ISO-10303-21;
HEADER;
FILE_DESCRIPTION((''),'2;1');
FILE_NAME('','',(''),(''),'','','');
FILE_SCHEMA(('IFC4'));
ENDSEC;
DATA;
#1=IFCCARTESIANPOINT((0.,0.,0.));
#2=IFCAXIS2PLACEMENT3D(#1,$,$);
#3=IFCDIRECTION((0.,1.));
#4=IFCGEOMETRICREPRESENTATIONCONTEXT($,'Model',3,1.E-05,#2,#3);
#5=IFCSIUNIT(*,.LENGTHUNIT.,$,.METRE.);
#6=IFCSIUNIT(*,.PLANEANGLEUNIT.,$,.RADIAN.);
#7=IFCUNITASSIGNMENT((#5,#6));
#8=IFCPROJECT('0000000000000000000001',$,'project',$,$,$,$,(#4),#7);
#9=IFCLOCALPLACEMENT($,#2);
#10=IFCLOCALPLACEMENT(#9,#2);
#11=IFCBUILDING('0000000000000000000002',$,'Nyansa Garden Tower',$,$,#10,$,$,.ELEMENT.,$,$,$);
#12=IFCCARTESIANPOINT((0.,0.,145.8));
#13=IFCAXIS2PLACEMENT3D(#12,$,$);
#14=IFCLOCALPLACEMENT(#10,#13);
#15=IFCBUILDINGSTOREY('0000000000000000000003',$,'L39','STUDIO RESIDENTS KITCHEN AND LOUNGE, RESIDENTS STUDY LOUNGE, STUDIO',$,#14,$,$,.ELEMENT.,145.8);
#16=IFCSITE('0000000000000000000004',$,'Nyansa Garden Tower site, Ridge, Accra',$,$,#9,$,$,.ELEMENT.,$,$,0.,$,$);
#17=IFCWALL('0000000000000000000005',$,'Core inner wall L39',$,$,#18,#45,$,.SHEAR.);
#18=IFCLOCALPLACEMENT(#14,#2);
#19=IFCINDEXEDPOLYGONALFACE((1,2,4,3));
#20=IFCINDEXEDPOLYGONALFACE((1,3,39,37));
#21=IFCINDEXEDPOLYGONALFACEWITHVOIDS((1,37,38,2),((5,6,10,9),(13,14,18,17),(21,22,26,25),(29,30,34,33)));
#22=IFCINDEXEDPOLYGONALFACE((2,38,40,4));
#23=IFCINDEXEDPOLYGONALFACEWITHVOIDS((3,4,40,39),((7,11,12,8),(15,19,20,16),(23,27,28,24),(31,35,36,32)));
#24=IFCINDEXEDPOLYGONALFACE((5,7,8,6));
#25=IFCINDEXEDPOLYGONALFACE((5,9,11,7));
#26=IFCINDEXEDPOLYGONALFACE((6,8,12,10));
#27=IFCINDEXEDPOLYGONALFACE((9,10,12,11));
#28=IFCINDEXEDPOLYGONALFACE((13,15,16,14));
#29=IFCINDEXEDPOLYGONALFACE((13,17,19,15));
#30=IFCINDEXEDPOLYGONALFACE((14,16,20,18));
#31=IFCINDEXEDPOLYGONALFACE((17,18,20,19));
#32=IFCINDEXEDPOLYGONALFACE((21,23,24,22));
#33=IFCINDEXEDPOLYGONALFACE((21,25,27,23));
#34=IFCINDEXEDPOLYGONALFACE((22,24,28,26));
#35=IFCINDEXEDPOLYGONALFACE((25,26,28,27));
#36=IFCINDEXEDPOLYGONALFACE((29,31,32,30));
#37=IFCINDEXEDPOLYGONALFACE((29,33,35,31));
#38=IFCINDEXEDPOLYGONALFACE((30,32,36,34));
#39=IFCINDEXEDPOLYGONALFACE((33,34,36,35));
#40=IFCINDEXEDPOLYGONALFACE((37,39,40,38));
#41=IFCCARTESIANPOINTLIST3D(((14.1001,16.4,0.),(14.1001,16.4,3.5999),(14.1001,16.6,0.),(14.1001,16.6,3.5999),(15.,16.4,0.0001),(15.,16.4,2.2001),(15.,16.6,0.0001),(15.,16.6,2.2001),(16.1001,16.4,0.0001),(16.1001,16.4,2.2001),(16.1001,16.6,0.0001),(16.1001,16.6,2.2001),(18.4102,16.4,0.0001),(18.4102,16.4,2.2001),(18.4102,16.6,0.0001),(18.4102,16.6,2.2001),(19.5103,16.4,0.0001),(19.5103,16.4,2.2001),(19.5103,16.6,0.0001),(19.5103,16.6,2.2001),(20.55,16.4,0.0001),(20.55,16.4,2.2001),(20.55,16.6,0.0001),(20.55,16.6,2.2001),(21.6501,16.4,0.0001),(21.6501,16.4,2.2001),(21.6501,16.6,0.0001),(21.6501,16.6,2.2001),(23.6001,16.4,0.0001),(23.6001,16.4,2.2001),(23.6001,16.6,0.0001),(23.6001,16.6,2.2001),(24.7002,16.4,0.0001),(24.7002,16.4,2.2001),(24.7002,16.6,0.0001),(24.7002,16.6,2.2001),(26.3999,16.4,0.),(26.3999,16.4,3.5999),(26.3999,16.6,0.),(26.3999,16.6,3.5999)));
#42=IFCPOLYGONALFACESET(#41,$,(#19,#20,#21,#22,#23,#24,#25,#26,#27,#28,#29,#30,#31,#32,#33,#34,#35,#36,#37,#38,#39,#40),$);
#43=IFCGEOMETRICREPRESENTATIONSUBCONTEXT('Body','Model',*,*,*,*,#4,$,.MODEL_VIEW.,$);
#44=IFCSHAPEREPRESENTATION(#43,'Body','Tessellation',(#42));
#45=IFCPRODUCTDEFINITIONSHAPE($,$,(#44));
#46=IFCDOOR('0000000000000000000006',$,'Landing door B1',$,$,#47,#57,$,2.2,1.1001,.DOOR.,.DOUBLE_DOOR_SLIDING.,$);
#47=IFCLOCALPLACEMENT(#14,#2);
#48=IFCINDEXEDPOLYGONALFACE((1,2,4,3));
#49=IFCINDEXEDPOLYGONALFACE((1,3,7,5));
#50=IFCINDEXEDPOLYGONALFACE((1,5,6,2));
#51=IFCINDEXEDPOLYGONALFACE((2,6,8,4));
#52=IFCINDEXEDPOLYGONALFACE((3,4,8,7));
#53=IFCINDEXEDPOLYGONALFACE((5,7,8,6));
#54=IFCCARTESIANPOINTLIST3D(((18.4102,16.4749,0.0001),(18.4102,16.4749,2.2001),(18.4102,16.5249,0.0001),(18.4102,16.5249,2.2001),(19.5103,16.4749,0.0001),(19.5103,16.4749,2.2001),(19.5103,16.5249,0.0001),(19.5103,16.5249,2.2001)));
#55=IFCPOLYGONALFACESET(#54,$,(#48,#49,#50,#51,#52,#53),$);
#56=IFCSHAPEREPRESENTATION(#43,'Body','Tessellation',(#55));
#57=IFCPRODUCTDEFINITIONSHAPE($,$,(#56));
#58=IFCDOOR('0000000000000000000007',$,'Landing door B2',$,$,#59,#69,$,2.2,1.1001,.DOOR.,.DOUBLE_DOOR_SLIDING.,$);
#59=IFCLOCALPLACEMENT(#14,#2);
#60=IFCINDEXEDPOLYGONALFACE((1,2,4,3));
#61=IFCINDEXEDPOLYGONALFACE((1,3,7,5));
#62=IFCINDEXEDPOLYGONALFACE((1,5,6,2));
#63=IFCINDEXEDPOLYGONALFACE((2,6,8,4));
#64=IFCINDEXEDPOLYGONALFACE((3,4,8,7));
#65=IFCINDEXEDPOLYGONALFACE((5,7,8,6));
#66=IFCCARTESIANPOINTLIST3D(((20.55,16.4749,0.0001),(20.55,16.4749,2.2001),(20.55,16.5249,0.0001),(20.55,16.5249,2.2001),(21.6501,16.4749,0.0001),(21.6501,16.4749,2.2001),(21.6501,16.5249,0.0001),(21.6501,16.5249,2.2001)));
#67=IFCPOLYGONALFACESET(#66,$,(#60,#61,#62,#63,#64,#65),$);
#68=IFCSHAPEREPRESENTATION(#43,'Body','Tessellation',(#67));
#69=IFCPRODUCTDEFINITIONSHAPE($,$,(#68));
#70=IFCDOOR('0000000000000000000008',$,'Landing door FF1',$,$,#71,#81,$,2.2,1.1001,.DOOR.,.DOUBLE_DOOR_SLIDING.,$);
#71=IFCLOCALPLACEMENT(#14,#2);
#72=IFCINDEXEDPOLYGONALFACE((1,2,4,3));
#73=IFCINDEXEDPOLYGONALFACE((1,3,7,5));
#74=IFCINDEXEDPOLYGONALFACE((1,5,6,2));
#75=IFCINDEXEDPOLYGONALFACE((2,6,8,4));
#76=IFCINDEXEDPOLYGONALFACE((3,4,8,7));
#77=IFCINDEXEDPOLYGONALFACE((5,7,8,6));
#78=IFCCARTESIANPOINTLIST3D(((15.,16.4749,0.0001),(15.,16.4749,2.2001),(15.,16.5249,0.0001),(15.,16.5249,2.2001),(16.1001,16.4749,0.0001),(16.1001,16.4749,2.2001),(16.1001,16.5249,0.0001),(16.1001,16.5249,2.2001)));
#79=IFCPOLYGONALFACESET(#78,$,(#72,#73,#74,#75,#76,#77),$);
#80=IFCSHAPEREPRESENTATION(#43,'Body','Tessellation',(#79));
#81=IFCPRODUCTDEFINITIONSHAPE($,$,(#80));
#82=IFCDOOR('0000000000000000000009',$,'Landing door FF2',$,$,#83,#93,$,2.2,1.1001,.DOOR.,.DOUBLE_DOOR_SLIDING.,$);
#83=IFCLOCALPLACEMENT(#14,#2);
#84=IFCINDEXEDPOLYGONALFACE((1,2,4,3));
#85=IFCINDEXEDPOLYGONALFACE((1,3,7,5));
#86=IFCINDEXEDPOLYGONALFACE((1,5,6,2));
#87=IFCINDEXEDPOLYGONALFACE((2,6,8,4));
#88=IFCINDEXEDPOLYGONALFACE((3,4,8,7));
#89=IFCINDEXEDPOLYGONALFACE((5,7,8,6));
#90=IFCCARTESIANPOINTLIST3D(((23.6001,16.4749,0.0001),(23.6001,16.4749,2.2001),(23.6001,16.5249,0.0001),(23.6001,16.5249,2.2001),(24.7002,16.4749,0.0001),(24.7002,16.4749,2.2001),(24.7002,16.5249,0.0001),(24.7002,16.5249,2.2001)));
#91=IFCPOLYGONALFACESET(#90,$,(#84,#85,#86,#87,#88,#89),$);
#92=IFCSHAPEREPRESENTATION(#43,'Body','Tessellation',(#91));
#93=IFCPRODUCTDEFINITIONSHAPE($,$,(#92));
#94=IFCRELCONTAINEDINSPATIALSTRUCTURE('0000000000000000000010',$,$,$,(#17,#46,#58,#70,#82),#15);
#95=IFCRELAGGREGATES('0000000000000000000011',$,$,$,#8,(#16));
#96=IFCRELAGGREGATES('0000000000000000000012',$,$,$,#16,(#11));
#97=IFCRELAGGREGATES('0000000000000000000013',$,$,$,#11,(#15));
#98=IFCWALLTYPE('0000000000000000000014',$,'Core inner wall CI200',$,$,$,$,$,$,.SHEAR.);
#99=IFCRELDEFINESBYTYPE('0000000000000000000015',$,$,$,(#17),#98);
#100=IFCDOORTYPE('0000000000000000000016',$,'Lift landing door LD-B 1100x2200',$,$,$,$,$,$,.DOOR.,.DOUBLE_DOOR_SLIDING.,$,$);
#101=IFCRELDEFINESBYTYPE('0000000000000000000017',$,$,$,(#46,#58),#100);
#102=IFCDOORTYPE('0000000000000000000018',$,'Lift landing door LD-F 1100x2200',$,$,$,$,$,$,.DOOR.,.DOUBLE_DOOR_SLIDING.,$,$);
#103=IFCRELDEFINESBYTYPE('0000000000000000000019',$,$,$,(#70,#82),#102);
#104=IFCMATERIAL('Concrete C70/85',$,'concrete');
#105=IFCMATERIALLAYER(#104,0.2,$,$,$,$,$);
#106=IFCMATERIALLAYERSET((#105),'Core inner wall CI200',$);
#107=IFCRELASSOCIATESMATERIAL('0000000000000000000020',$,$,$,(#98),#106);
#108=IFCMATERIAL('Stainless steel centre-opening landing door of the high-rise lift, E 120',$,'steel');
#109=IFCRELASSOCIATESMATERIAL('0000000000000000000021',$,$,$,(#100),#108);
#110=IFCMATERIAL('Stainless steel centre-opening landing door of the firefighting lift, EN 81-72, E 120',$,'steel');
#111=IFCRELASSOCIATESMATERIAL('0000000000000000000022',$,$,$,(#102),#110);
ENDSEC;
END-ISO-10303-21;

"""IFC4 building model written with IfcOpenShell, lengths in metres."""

from ifc_helpers import new_model, si_unit, direction, frame, frame_2d, origin, place, context, subcontext, project, spatial, rectangle, extrude, material, layer, layer_set, type_object, element, fill, save


model = new_model("IFC4")

# Units and contexts
model_context = context("Model", 3, precision=1e-05, world=origin(), true_north=direction((0.0, 1.0)))
body_context = subcontext(model_context, "Body", "Model", "MODEL_VIEW")
ifc_project = project(units=[si_unit("LENGTHUNIT", "METRE"), si_unit("PLANEANGLEUNIT", "RADIAN")], contexts=[model_context])

# Site, building, storey
site_placement = place(None, origin())
site = spatial("IfcSite", under=ifc_project, at=site_placement, Name="Nyansa Garden Tower site, Ridge, Accra", CompositionType="ELEMENT", RefElevation=0.0)
building_placement = place(site_placement, origin())
building = spatial("IfcBuilding", under=site, at=building_placement, Name="Nyansa Garden Tower", CompositionType="ELEMENT")
storey_placement = place(building_placement, frame((0.0, 0.0, 145.8)))
storey = spatial("IfcBuildingStorey", under=building, at=storey_placement, Name="L39", Description="STUDIO RESIDENTS KITCHEN AND LOUNGE, RESIDENTS STUDY LOUNGE, STUDIO", CompositionType="ELEMENT", Elevation=145.8)

# Wall, openings, doors
ifc_material_1 = material(Name="Concrete C70/85", Category="concrete")
ifc_layer_1 = layer(ifc_material_1, 0.2)
ifc_layer_set_1 = layer_set([ifc_layer_1], Name="Core inner wall CI200")
wall_type_1 = type_object("IfcWallType", Name="Core inner wall CI200", PredefinedType="SHEAR", material=ifc_layer_set_1)
wall_1_placement = place(storey_placement, frame((14.1001, 16.5, 0.0), z_axis=(0.0, 0.0, 1.0), x_axis=(1.0, 0.0, 0.0)))
wall_1 = element("IfcWall", 1, at=wall_1_placement, inside=storey, type_object=wall_type_1, Name="Core inner wall L39", PredefinedType="SHEAR", context=body_context, shape_type="SweptSolid", body=[
    extrude(rectangle(XDim=12.2998, YDim=0.2, at=frame_2d((6.1499, 0.0))), origin(), (0.0, 0.0, 1.0), 3.5999),
])
opening_1_placement = place(wall_1_placement, frame((0.8999, 0.0, 0.0)))
opening_1 = element("IfcOpeningElement", 2, at=opening_1_placement, cuts=wall_1, PredefinedType="OPENING", context=body_context, shape_type="SweptSolid", body=[
    extrude(rectangle(XDim=1.1001, YDim=2.2, at=frame_2d((0.55, 1.1001))), frame((0.0, 0.1099, 0.0), z_axis=(0.0, -1.0, 0.0), x_axis=(1.0, 0.0, 0.0)), (0.0, 0.0, 1.0), 0.22),
])
opening_2_placement = place(wall_1_placement, frame((4.3101, 0.0, 0.0)))
opening_2 = element("IfcOpeningElement", 3, at=opening_2_placement, cuts=wall_1, PredefinedType="OPENING", context=body_context, shape_type="SweptSolid", body=[
    extrude(rectangle(XDim=1.1001, YDim=2.2, at=frame_2d((0.55, 1.1001))), frame((0.0, 0.1099, 0.0), z_axis=(0.0, -1.0, 0.0), x_axis=(1.0, 0.0, 0.0)), (0.0, 0.0, 1.0), 0.22),
])
opening_3_placement = place(wall_1_placement, frame((6.45, 0.0, 0.0)))
opening_3 = element("IfcOpeningElement", 4, at=opening_3_placement, cuts=wall_1, PredefinedType="OPENING", context=body_context, shape_type="SweptSolid", body=[
    extrude(rectangle(XDim=1.1001, YDim=2.2, at=frame_2d((0.55, 1.1001))), frame((0.0, 0.1099, 0.0), z_axis=(0.0, -1.0, 0.0), x_axis=(1.0, 0.0, 0.0)), (0.0, 0.0, 1.0), 0.22),
])
opening_4_placement = place(wall_1_placement, frame((9.5, 0.0, 0.0)))
opening_4 = element("IfcOpeningElement", 5, at=opening_4_placement, cuts=wall_1, PredefinedType="OPENING", context=body_context, shape_type="SweptSolid", body=[
    extrude(rectangle(XDim=1.1001, YDim=2.2, at=frame_2d((0.55, 1.1001))), frame((0.0, 0.1099, 0.0), z_axis=(0.0, -1.0, 0.0), x_axis=(1.0, 0.0, 0.0)), (0.0, 0.0, 1.0), 0.22),
])
ifc_material_2 = material(Name="Stainless steel centre-opening landing door of the high-rise lift, E 120", Category="steel")
door_type_1 = type_object("IfcDoorType", Name="Lift landing door LD-B 1100x2200", OperationType="DOUBLE_DOOR_SLIDING", PredefinedType="DOOR", material=ifc_material_2)
door_1_placement = place(opening_2_placement, origin())
door_1 = element("IfcDoor", 6, at=door_1_placement, inside=storey, type_object=door_type_1, Name="Landing door B1", OperationType="DOUBLE_DOOR_SLIDING", OverallHeight=2.2, OverallWidth=1.1001, PredefinedType="DOOR", context=body_context, shape_type="SweptSolid", body=[
    extrude(rectangle(XDim=1.1001, YDim=2.2, at=frame_2d((0.55, 1.1001))), frame((0.0, 0.0249, 0.0), z_axis=(0.0, -1.0, 0.0), x_axis=(1.0, 0.0, 0.0)), (0.0, 0.0, 1.0), 0.05),
])
fill(opening_2, door_1)
door_2_placement = place(opening_3_placement, origin())
door_2 = element("IfcDoor", 7, at=door_2_placement, inside=storey, type_object=door_type_1, Name="Landing door B2", OperationType="DOUBLE_DOOR_SLIDING", OverallHeight=2.2, OverallWidth=1.1001, PredefinedType="DOOR", context=body_context, shape_type="SweptSolid", body=[
    extrude(rectangle(XDim=1.1001, YDim=2.2, at=frame_2d((0.55, 1.1001))), frame((0.0, 0.0249, 0.0), z_axis=(0.0, -1.0, 0.0), x_axis=(1.0, 0.0, 0.0)), (0.0, 0.0, 1.0), 0.05),
])
fill(opening_3, door_2)
ifc_material_3 = material(Name="Stainless steel centre-opening landing door of the firefighting lift, EN 81-72, E 120", Category="steel")
door_type_2 = type_object("IfcDoorType", Name="Lift landing door LD-F 1100x2200", OperationType="DOUBLE_DOOR_SLIDING", PredefinedType="DOOR", material=ifc_material_3)
door_3_placement = place(opening_1_placement, origin())
door_3 = element("IfcDoor", 8, at=door_3_placement, inside=storey, type_object=door_type_2, Name="Landing door FF1", OperationType="DOUBLE_DOOR_SLIDING", OverallHeight=2.2, OverallWidth=1.1001, PredefinedType="DOOR", context=body_context, shape_type="SweptSolid", body=[
    extrude(rectangle(XDim=1.1001, YDim=2.2, at=frame_2d((0.55, 1.1001))), frame((0.0, 0.0249, 0.0), z_axis=(0.0, -1.0, 0.0), x_axis=(1.0, 0.0, 0.0)), (0.0, 0.0, 1.0), 0.05),
])
fill(opening_1, door_3)
door_4_placement = place(opening_4_placement, origin())
door_4 = element("IfcDoor", 9, at=door_4_placement, inside=storey, type_object=door_type_2, Name="Landing door FF2", OperationType="DOUBLE_DOOR_SLIDING", OverallHeight=2.2, OverallWidth=1.1001, PredefinedType="DOOR", context=body_context, shape_type="SweptSolid", body=[
    extrude(rectangle(XDim=1.1001, YDim=2.2, at=frame_2d((0.55, 1.1001))), frame((0.0, 0.0249, 0.0), z_axis=(0.0, -1.0, 0.0), x_axis=(1.0, 0.0, 0.0)), (0.0, 0.0, 1.0), 0.05),
])
fill(opening_4, door_4)

save(model, "model.ifc")
